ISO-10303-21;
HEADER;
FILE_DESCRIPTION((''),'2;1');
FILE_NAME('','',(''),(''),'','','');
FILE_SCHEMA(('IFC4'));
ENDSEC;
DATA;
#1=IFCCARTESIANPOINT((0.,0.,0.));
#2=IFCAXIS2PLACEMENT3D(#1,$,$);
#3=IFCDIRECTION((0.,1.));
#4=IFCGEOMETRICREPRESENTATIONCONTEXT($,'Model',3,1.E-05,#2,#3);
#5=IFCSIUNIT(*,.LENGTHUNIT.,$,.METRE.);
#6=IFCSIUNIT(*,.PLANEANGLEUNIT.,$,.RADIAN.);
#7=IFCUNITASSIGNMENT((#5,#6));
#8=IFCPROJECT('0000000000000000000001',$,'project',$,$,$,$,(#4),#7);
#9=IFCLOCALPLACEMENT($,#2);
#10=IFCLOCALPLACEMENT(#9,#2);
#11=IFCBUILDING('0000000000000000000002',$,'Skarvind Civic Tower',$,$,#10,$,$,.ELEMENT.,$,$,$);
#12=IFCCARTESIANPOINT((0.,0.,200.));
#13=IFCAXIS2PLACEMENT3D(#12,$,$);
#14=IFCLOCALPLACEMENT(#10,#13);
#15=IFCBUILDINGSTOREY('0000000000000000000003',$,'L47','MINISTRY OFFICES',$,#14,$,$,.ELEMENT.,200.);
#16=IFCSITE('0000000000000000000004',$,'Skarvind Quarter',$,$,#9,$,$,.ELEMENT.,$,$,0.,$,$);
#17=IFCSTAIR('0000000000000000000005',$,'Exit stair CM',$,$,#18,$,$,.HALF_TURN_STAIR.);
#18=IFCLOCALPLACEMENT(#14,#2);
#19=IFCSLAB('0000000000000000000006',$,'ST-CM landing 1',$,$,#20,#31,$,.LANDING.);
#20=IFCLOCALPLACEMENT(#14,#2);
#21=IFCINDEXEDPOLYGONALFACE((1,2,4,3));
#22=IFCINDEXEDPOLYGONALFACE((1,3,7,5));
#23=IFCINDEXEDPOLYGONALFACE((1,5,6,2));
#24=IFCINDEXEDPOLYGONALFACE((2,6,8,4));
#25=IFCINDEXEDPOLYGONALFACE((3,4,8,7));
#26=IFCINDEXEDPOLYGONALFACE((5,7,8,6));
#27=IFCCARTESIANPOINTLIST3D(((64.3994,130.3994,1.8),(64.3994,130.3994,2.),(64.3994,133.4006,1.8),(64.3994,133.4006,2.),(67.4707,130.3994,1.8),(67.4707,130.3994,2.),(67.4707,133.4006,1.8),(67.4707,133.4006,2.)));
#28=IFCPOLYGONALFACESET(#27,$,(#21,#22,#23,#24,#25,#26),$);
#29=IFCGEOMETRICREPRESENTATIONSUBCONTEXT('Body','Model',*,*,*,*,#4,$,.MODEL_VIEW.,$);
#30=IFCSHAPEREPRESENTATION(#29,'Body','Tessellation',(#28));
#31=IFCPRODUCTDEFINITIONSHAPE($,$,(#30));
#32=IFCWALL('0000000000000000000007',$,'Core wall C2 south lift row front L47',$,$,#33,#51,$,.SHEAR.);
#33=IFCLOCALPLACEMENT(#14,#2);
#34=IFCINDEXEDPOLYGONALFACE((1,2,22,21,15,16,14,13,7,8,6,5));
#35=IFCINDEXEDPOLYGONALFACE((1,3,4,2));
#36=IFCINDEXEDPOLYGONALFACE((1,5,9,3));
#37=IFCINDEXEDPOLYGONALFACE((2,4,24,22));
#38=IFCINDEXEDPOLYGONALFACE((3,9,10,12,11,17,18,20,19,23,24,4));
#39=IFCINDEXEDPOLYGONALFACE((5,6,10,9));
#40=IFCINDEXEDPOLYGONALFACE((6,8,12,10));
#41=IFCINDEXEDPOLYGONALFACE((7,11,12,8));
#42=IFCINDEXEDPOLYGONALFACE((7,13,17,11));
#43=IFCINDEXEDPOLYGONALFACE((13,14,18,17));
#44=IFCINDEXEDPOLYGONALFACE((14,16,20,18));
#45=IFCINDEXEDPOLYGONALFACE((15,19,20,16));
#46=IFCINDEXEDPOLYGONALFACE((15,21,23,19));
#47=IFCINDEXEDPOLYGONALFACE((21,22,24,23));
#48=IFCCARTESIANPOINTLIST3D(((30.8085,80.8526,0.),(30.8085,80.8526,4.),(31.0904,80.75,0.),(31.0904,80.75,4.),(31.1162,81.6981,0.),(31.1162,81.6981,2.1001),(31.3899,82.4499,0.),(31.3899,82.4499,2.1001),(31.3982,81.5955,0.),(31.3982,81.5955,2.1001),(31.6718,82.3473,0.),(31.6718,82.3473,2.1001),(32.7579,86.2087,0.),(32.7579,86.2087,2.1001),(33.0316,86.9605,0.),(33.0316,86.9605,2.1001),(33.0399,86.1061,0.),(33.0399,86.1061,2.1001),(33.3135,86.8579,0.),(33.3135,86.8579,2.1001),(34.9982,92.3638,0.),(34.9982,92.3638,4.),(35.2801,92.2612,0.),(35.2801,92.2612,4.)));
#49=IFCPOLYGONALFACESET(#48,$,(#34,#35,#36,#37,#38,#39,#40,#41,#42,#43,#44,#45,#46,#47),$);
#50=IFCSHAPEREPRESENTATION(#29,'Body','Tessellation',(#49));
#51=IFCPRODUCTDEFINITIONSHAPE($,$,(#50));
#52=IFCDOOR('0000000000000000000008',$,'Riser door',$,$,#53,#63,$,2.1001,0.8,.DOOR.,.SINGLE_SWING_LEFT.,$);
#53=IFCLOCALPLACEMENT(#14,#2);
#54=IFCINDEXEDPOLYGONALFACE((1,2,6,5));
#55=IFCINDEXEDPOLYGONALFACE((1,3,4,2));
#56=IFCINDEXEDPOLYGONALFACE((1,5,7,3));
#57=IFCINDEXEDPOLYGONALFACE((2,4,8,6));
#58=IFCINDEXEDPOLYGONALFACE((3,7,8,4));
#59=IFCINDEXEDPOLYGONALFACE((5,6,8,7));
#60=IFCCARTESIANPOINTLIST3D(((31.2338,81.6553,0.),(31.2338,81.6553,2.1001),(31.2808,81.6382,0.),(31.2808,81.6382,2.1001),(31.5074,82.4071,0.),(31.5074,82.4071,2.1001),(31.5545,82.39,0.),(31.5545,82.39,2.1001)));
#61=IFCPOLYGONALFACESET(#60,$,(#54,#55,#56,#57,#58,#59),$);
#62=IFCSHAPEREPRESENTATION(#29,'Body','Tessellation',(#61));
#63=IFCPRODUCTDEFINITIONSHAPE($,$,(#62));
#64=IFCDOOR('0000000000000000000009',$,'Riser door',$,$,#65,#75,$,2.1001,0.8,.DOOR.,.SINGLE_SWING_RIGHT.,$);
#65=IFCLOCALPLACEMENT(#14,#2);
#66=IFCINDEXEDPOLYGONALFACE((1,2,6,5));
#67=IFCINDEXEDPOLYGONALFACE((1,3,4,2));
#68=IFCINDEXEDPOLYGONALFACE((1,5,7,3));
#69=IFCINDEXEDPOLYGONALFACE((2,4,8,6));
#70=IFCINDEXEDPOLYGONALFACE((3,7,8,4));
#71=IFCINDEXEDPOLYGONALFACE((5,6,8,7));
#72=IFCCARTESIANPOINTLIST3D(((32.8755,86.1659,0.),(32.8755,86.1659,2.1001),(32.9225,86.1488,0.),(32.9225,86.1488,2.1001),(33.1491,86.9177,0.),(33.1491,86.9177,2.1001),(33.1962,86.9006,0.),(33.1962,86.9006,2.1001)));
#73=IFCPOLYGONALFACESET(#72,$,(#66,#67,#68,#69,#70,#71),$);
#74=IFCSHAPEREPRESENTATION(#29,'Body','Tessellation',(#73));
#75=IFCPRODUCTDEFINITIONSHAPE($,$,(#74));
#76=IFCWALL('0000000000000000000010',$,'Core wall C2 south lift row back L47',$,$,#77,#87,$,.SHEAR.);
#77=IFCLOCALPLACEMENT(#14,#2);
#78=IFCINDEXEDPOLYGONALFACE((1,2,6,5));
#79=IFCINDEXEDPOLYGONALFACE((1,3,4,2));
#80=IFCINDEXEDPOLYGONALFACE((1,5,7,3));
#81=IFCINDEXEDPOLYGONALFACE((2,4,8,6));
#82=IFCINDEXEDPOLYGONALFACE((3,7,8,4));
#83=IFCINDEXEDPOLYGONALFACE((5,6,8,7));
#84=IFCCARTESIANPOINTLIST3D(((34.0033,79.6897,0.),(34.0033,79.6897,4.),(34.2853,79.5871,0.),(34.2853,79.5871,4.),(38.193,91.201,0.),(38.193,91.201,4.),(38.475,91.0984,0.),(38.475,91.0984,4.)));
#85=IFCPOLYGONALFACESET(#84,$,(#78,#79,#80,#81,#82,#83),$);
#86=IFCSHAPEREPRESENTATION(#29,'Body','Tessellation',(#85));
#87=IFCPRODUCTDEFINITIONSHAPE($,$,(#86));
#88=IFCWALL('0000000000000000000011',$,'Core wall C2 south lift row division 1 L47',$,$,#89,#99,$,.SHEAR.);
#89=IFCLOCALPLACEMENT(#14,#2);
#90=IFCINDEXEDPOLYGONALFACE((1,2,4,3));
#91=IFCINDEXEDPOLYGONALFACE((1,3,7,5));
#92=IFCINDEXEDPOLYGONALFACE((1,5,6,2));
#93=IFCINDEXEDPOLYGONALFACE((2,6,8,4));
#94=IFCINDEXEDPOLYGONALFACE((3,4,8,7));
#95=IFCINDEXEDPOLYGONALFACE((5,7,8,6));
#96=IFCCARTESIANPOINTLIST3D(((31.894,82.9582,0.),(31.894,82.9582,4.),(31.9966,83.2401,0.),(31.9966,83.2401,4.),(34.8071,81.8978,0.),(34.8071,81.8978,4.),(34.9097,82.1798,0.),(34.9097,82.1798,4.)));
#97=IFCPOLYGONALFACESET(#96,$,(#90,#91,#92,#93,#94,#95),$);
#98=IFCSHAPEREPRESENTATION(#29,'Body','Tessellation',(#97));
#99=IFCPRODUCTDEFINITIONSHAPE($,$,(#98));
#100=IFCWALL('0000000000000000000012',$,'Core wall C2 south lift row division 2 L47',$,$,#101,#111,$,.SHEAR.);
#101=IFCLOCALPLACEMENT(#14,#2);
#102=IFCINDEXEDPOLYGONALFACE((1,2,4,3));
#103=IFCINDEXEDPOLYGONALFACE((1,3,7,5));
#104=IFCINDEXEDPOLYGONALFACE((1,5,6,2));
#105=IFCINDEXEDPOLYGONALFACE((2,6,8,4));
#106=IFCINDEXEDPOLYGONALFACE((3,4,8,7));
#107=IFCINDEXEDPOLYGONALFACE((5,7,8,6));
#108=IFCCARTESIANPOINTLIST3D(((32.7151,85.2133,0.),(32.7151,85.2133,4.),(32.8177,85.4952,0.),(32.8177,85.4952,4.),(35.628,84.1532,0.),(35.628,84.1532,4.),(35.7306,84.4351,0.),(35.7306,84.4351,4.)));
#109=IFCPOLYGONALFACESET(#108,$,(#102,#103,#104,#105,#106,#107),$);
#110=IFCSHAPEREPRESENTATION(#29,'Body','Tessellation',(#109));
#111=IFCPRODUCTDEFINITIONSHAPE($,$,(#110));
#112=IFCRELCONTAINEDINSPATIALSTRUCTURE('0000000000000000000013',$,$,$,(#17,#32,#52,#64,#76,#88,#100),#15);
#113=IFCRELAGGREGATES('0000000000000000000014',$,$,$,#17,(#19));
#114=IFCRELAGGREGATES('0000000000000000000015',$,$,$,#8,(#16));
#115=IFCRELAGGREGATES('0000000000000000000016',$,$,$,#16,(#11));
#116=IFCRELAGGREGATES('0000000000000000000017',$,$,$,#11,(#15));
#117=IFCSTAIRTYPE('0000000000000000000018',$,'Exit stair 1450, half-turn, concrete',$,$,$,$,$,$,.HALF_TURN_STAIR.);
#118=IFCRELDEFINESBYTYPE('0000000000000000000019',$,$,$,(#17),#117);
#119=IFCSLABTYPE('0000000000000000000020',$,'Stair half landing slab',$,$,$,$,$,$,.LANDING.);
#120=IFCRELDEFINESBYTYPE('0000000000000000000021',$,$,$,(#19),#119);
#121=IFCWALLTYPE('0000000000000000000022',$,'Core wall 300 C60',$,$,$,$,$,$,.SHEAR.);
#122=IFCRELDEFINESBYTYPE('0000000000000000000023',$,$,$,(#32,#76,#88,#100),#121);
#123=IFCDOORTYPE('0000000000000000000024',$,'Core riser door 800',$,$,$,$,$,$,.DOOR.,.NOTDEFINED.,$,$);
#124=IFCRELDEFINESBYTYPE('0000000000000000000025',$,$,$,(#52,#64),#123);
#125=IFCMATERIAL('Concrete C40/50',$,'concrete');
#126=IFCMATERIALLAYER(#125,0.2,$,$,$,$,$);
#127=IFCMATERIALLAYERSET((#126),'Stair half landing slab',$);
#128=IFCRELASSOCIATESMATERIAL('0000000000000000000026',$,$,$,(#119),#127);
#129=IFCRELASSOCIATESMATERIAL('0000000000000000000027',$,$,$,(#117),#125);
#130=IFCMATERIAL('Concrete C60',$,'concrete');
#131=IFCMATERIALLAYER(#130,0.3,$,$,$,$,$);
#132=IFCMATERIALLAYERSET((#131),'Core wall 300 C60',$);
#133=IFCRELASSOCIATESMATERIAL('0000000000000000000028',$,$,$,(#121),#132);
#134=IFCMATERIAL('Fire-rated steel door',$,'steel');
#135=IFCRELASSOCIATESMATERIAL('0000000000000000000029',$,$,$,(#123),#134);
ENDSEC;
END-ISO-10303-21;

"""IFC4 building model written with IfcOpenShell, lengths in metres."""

from ifc_helpers import new_model, si_unit, direction, frame, frame_2d, origin, place, context, subcontext, project, spatial, polyline, rectangle, outline, extrude, material, layer, layer_set, type_object, element, fill, aggregate, save


model = new_model("IFC4")

# Units and contexts
model_context = context("Model", 3, precision=1e-05, world=origin(), true_north=direction((0.0, 1.0)))
body_context = subcontext(model_context, "Body", "Model", "MODEL_VIEW")
ifc_project = project(units=[si_unit("LENGTHUNIT", "METRE"), si_unit("PLANEANGLEUNIT", "RADIAN")], contexts=[model_context])

# Site, building, storey
site_placement = place(None, origin())
site = spatial("IfcSite", under=ifc_project, at=site_placement, Name="Skarvind Quarter", CompositionType="ELEMENT", RefElevation=0.0)
building_placement = place(site_placement, origin())
building = spatial("IfcBuilding", under=site, at=building_placement, Name="Skarvind Civic Tower", CompositionType="ELEMENT")
storey_placement = place(building_placement, frame((0.0, 0.0, 200.0)))
storey = spatial("IfcBuildingStorey", under=building, at=storey_placement, Name="L47", Description="MINISTRY OFFICES", CompositionType="ELEMENT", Elevation=200.0)

# Shared definitions
ifc_material_1 = material(Name="Concrete C40/50", Category="concrete")

# Stair, slab
ifc_layer_1 = layer(ifc_material_1, 0.2)
ifc_layer_set_1 = layer_set([ifc_layer_1], Name="Stair half landing slab")
slab_type_1 = type_object("IfcSlabType", Name="Stair half landing slab", PredefinedType="LANDING", material=ifc_layer_set_1)
stair_type_1 = type_object("IfcStairType", Name="Exit stair 1450, half-turn, concrete", PredefinedType="HALF_TURN_STAIR", material=ifc_material_1)
stair_1_placement = place(storey_placement, origin())
stair_1 = element("IfcStair", 1, at=stair_1_placement, inside=storey, type_object=stair_type_1, Name="Exit stair CM", PredefinedType="HALF_TURN_STAIR")
slab_1_placement = place(storey_placement, frame((0.0, 0.0, 1.8)))
slab_1 = element("IfcSlab", 2, at=slab_1_placement, type_object=slab_type_1, Name="ST-CM landing 1", PredefinedType="LANDING", context=body_context, shape_type="SweptSolid", body=[
    extrude(outline(polyline([(67.4707, 133.4006), (67.4707, 130.3994), (64.3994, 130.3994), (64.3994, 133.4006), (67.4707, 133.4006)])), origin(), (0.0, 0.0, 1.0), 0.2),
])
aggregate(stair_1, [slab_1])

# Wall, openings, doors
ifc_material_2 = material(Name="Concrete C60", Category="concrete")
ifc_layer_2 = layer(ifc_material_2, 0.3)
ifc_layer_set_2 = layer_set([ifc_layer_2], Name="Core wall 300 C60")
wall_type_1 = type_object("IfcWallType", Name="Core wall 300 C60", PredefinedType="SHEAR", material=ifc_layer_set_2)
wall_1_placement = place(storey_placement, frame((30.9495, 80.8013, 0.0), z_axis=(0.0, 0.0, 1.0), x_axis=(0.342017, 0.939694, 0.0)))
wall_1 = element("IfcWall", 3, at=wall_1_placement, inside=storey, type_object=wall_type_1, Name="Core wall C2 south lift row front L47", PredefinedType="SHEAR", context=body_context, shape_type="SweptSolid", body=[
    extrude(rectangle(XDim=12.25, YDim=0.3, at=frame_2d((6.125, 0.0))), origin(), (0.0, 0.0, 1.0), 4.0),
])
opening_1_placement = place(wall_1_placement, frame((0.8999, 0.0, 0.0)))
opening_1 = element("IfcOpeningElement", 4, at=opening_1_placement, cuts=wall_1, PredefinedType="OPENING", context=body_context, shape_type="SweptSolid", body=[
    extrude(rectangle(XDim=0.8, YDim=2.1001, at=frame_2d((0.3999, 1.05))), frame((0.0, 0.1599, 0.0), z_axis=(0.0, -1.0, 0.0), x_axis=(1.0, 0.0, 0.0)), (0.0, 0.0, 1.0), 0.3201),
])
opening_2_placement = place(wall_1_placement, frame((5.7, 0.0, 0.0)))
opening_2 = element("IfcOpeningElement", 5, at=opening_2_placement, cuts=wall_1, PredefinedType="OPENING", context=body_context, shape_type="SweptSolid", body=[
    extrude(rectangle(XDim=0.8, YDim=2.1001, at=frame_2d((0.3999, 1.05))), frame((0.0, 0.1599, 0.0), z_axis=(0.0, -1.0, 0.0), x_axis=(1.0, 0.0, 0.0)), (0.0, 0.0, 1.0), 0.3201),
])
ifc_material_3 = material(Name="Fire-rated steel door", Category="steel")
door_type_1 = type_object("IfcDoorType", Name="Core riser door 800", OperationType="NOTDEFINED", PredefinedType="DOOR", material=ifc_material_3)
door_1_placement = place(opening_1_placement, origin())
door_1 = element("IfcDoor", 6, at=door_1_placement, inside=storey, type_object=door_type_1, Name="Riser door", OperationType="SINGLE_SWING_LEFT", OverallHeight=2.1001, OverallWidth=0.8, PredefinedType="DOOR", context=body_context, shape_type="SweptSolid", body=[
    extrude(rectangle(XDim=0.8, YDim=2.1001, at=frame_2d((0.3999, 1.05))), frame((0.0, 0.0249, 0.0), z_axis=(0.0, -1.0, 0.0), x_axis=(1.0, 0.0, 0.0)), (0.0, 0.0, 1.0), 0.05),
])
fill(opening_1, door_1)
door_2_placement = place(opening_2_placement, origin())
door_2 = element("IfcDoor", 7, at=door_2_placement, inside=storey, type_object=door_type_1, Name="Riser door", OperationType="SINGLE_SWING_RIGHT", OverallHeight=2.1001, OverallWidth=0.8, PredefinedType="DOOR", context=body_context, shape_type="SweptSolid", body=[
    extrude(rectangle(XDim=0.8, YDim=2.1001, at=frame_2d((0.3999, 1.05))), frame((0.0, 0.0249, 0.0), z_axis=(0.0, -1.0, 0.0), x_axis=(1.0, 0.0, 0.0)), (0.0, 0.0, 1.0), 0.05),
])
fill(opening_2, door_2)

# Walls
wall_2_placement = place(storey_placement, frame((34.1443, 79.6384, 0.0), z_axis=(0.0, 0.0, 1.0), x_axis=(0.342017, 0.939694, 0.0)))
element("IfcWall", 8, at=wall_2_placement, inside=storey, type_object=wall_type_1, Name="Core wall C2 south lift row back L47", PredefinedType="SHEAR", context=body_context, shape_type="SweptSolid", body=[
    extrude(rectangle(XDim=12.25, YDim=0.3, at=frame_2d((6.125, 0.0))), origin(), (0.0, 0.0, 1.0), 4.0),
])
wall_3_placement = place(storey_placement, frame((34.8584, 82.0388, 0.0), z_axis=(0.0, 0.0, 1.0), x_axis=(-0.93969, 0.342028, 0.0)))
element("IfcWall", 9, at=wall_3_placement, inside=storey, type_object=wall_type_1, Name="Core wall C2 south lift row division 1 L47", PredefinedType="SHEAR", context=body_context, shape_type="SweptSolid", body=[
    extrude(rectangle(XDim=3.1001, YDim=0.3, at=frame_2d((1.55, 0.0))), origin(), (0.0, 0.0, 1.0), 4.0),
])
wall_4_placement = place(storey_placement, frame((35.6792, 84.2942, 0.0), z_axis=(0.0, 0.0, 1.0), x_axis=(-0.939706, 0.341983, 0.0)))
element("IfcWall", 10, at=wall_4_placement, inside=storey, type_object=wall_type_1, Name="Core wall C2 south lift row division 2 L47", PredefinedType="SHEAR", context=body_context, shape_type="SweptSolid", body=[
    extrude(rectangle(XDim=3.0999, YDim=0.3, at=frame_2d((1.5498, 0.0))), origin(), (0.0, 0.0, 1.0), 4.0),
])

save(model, "model.ifc")
